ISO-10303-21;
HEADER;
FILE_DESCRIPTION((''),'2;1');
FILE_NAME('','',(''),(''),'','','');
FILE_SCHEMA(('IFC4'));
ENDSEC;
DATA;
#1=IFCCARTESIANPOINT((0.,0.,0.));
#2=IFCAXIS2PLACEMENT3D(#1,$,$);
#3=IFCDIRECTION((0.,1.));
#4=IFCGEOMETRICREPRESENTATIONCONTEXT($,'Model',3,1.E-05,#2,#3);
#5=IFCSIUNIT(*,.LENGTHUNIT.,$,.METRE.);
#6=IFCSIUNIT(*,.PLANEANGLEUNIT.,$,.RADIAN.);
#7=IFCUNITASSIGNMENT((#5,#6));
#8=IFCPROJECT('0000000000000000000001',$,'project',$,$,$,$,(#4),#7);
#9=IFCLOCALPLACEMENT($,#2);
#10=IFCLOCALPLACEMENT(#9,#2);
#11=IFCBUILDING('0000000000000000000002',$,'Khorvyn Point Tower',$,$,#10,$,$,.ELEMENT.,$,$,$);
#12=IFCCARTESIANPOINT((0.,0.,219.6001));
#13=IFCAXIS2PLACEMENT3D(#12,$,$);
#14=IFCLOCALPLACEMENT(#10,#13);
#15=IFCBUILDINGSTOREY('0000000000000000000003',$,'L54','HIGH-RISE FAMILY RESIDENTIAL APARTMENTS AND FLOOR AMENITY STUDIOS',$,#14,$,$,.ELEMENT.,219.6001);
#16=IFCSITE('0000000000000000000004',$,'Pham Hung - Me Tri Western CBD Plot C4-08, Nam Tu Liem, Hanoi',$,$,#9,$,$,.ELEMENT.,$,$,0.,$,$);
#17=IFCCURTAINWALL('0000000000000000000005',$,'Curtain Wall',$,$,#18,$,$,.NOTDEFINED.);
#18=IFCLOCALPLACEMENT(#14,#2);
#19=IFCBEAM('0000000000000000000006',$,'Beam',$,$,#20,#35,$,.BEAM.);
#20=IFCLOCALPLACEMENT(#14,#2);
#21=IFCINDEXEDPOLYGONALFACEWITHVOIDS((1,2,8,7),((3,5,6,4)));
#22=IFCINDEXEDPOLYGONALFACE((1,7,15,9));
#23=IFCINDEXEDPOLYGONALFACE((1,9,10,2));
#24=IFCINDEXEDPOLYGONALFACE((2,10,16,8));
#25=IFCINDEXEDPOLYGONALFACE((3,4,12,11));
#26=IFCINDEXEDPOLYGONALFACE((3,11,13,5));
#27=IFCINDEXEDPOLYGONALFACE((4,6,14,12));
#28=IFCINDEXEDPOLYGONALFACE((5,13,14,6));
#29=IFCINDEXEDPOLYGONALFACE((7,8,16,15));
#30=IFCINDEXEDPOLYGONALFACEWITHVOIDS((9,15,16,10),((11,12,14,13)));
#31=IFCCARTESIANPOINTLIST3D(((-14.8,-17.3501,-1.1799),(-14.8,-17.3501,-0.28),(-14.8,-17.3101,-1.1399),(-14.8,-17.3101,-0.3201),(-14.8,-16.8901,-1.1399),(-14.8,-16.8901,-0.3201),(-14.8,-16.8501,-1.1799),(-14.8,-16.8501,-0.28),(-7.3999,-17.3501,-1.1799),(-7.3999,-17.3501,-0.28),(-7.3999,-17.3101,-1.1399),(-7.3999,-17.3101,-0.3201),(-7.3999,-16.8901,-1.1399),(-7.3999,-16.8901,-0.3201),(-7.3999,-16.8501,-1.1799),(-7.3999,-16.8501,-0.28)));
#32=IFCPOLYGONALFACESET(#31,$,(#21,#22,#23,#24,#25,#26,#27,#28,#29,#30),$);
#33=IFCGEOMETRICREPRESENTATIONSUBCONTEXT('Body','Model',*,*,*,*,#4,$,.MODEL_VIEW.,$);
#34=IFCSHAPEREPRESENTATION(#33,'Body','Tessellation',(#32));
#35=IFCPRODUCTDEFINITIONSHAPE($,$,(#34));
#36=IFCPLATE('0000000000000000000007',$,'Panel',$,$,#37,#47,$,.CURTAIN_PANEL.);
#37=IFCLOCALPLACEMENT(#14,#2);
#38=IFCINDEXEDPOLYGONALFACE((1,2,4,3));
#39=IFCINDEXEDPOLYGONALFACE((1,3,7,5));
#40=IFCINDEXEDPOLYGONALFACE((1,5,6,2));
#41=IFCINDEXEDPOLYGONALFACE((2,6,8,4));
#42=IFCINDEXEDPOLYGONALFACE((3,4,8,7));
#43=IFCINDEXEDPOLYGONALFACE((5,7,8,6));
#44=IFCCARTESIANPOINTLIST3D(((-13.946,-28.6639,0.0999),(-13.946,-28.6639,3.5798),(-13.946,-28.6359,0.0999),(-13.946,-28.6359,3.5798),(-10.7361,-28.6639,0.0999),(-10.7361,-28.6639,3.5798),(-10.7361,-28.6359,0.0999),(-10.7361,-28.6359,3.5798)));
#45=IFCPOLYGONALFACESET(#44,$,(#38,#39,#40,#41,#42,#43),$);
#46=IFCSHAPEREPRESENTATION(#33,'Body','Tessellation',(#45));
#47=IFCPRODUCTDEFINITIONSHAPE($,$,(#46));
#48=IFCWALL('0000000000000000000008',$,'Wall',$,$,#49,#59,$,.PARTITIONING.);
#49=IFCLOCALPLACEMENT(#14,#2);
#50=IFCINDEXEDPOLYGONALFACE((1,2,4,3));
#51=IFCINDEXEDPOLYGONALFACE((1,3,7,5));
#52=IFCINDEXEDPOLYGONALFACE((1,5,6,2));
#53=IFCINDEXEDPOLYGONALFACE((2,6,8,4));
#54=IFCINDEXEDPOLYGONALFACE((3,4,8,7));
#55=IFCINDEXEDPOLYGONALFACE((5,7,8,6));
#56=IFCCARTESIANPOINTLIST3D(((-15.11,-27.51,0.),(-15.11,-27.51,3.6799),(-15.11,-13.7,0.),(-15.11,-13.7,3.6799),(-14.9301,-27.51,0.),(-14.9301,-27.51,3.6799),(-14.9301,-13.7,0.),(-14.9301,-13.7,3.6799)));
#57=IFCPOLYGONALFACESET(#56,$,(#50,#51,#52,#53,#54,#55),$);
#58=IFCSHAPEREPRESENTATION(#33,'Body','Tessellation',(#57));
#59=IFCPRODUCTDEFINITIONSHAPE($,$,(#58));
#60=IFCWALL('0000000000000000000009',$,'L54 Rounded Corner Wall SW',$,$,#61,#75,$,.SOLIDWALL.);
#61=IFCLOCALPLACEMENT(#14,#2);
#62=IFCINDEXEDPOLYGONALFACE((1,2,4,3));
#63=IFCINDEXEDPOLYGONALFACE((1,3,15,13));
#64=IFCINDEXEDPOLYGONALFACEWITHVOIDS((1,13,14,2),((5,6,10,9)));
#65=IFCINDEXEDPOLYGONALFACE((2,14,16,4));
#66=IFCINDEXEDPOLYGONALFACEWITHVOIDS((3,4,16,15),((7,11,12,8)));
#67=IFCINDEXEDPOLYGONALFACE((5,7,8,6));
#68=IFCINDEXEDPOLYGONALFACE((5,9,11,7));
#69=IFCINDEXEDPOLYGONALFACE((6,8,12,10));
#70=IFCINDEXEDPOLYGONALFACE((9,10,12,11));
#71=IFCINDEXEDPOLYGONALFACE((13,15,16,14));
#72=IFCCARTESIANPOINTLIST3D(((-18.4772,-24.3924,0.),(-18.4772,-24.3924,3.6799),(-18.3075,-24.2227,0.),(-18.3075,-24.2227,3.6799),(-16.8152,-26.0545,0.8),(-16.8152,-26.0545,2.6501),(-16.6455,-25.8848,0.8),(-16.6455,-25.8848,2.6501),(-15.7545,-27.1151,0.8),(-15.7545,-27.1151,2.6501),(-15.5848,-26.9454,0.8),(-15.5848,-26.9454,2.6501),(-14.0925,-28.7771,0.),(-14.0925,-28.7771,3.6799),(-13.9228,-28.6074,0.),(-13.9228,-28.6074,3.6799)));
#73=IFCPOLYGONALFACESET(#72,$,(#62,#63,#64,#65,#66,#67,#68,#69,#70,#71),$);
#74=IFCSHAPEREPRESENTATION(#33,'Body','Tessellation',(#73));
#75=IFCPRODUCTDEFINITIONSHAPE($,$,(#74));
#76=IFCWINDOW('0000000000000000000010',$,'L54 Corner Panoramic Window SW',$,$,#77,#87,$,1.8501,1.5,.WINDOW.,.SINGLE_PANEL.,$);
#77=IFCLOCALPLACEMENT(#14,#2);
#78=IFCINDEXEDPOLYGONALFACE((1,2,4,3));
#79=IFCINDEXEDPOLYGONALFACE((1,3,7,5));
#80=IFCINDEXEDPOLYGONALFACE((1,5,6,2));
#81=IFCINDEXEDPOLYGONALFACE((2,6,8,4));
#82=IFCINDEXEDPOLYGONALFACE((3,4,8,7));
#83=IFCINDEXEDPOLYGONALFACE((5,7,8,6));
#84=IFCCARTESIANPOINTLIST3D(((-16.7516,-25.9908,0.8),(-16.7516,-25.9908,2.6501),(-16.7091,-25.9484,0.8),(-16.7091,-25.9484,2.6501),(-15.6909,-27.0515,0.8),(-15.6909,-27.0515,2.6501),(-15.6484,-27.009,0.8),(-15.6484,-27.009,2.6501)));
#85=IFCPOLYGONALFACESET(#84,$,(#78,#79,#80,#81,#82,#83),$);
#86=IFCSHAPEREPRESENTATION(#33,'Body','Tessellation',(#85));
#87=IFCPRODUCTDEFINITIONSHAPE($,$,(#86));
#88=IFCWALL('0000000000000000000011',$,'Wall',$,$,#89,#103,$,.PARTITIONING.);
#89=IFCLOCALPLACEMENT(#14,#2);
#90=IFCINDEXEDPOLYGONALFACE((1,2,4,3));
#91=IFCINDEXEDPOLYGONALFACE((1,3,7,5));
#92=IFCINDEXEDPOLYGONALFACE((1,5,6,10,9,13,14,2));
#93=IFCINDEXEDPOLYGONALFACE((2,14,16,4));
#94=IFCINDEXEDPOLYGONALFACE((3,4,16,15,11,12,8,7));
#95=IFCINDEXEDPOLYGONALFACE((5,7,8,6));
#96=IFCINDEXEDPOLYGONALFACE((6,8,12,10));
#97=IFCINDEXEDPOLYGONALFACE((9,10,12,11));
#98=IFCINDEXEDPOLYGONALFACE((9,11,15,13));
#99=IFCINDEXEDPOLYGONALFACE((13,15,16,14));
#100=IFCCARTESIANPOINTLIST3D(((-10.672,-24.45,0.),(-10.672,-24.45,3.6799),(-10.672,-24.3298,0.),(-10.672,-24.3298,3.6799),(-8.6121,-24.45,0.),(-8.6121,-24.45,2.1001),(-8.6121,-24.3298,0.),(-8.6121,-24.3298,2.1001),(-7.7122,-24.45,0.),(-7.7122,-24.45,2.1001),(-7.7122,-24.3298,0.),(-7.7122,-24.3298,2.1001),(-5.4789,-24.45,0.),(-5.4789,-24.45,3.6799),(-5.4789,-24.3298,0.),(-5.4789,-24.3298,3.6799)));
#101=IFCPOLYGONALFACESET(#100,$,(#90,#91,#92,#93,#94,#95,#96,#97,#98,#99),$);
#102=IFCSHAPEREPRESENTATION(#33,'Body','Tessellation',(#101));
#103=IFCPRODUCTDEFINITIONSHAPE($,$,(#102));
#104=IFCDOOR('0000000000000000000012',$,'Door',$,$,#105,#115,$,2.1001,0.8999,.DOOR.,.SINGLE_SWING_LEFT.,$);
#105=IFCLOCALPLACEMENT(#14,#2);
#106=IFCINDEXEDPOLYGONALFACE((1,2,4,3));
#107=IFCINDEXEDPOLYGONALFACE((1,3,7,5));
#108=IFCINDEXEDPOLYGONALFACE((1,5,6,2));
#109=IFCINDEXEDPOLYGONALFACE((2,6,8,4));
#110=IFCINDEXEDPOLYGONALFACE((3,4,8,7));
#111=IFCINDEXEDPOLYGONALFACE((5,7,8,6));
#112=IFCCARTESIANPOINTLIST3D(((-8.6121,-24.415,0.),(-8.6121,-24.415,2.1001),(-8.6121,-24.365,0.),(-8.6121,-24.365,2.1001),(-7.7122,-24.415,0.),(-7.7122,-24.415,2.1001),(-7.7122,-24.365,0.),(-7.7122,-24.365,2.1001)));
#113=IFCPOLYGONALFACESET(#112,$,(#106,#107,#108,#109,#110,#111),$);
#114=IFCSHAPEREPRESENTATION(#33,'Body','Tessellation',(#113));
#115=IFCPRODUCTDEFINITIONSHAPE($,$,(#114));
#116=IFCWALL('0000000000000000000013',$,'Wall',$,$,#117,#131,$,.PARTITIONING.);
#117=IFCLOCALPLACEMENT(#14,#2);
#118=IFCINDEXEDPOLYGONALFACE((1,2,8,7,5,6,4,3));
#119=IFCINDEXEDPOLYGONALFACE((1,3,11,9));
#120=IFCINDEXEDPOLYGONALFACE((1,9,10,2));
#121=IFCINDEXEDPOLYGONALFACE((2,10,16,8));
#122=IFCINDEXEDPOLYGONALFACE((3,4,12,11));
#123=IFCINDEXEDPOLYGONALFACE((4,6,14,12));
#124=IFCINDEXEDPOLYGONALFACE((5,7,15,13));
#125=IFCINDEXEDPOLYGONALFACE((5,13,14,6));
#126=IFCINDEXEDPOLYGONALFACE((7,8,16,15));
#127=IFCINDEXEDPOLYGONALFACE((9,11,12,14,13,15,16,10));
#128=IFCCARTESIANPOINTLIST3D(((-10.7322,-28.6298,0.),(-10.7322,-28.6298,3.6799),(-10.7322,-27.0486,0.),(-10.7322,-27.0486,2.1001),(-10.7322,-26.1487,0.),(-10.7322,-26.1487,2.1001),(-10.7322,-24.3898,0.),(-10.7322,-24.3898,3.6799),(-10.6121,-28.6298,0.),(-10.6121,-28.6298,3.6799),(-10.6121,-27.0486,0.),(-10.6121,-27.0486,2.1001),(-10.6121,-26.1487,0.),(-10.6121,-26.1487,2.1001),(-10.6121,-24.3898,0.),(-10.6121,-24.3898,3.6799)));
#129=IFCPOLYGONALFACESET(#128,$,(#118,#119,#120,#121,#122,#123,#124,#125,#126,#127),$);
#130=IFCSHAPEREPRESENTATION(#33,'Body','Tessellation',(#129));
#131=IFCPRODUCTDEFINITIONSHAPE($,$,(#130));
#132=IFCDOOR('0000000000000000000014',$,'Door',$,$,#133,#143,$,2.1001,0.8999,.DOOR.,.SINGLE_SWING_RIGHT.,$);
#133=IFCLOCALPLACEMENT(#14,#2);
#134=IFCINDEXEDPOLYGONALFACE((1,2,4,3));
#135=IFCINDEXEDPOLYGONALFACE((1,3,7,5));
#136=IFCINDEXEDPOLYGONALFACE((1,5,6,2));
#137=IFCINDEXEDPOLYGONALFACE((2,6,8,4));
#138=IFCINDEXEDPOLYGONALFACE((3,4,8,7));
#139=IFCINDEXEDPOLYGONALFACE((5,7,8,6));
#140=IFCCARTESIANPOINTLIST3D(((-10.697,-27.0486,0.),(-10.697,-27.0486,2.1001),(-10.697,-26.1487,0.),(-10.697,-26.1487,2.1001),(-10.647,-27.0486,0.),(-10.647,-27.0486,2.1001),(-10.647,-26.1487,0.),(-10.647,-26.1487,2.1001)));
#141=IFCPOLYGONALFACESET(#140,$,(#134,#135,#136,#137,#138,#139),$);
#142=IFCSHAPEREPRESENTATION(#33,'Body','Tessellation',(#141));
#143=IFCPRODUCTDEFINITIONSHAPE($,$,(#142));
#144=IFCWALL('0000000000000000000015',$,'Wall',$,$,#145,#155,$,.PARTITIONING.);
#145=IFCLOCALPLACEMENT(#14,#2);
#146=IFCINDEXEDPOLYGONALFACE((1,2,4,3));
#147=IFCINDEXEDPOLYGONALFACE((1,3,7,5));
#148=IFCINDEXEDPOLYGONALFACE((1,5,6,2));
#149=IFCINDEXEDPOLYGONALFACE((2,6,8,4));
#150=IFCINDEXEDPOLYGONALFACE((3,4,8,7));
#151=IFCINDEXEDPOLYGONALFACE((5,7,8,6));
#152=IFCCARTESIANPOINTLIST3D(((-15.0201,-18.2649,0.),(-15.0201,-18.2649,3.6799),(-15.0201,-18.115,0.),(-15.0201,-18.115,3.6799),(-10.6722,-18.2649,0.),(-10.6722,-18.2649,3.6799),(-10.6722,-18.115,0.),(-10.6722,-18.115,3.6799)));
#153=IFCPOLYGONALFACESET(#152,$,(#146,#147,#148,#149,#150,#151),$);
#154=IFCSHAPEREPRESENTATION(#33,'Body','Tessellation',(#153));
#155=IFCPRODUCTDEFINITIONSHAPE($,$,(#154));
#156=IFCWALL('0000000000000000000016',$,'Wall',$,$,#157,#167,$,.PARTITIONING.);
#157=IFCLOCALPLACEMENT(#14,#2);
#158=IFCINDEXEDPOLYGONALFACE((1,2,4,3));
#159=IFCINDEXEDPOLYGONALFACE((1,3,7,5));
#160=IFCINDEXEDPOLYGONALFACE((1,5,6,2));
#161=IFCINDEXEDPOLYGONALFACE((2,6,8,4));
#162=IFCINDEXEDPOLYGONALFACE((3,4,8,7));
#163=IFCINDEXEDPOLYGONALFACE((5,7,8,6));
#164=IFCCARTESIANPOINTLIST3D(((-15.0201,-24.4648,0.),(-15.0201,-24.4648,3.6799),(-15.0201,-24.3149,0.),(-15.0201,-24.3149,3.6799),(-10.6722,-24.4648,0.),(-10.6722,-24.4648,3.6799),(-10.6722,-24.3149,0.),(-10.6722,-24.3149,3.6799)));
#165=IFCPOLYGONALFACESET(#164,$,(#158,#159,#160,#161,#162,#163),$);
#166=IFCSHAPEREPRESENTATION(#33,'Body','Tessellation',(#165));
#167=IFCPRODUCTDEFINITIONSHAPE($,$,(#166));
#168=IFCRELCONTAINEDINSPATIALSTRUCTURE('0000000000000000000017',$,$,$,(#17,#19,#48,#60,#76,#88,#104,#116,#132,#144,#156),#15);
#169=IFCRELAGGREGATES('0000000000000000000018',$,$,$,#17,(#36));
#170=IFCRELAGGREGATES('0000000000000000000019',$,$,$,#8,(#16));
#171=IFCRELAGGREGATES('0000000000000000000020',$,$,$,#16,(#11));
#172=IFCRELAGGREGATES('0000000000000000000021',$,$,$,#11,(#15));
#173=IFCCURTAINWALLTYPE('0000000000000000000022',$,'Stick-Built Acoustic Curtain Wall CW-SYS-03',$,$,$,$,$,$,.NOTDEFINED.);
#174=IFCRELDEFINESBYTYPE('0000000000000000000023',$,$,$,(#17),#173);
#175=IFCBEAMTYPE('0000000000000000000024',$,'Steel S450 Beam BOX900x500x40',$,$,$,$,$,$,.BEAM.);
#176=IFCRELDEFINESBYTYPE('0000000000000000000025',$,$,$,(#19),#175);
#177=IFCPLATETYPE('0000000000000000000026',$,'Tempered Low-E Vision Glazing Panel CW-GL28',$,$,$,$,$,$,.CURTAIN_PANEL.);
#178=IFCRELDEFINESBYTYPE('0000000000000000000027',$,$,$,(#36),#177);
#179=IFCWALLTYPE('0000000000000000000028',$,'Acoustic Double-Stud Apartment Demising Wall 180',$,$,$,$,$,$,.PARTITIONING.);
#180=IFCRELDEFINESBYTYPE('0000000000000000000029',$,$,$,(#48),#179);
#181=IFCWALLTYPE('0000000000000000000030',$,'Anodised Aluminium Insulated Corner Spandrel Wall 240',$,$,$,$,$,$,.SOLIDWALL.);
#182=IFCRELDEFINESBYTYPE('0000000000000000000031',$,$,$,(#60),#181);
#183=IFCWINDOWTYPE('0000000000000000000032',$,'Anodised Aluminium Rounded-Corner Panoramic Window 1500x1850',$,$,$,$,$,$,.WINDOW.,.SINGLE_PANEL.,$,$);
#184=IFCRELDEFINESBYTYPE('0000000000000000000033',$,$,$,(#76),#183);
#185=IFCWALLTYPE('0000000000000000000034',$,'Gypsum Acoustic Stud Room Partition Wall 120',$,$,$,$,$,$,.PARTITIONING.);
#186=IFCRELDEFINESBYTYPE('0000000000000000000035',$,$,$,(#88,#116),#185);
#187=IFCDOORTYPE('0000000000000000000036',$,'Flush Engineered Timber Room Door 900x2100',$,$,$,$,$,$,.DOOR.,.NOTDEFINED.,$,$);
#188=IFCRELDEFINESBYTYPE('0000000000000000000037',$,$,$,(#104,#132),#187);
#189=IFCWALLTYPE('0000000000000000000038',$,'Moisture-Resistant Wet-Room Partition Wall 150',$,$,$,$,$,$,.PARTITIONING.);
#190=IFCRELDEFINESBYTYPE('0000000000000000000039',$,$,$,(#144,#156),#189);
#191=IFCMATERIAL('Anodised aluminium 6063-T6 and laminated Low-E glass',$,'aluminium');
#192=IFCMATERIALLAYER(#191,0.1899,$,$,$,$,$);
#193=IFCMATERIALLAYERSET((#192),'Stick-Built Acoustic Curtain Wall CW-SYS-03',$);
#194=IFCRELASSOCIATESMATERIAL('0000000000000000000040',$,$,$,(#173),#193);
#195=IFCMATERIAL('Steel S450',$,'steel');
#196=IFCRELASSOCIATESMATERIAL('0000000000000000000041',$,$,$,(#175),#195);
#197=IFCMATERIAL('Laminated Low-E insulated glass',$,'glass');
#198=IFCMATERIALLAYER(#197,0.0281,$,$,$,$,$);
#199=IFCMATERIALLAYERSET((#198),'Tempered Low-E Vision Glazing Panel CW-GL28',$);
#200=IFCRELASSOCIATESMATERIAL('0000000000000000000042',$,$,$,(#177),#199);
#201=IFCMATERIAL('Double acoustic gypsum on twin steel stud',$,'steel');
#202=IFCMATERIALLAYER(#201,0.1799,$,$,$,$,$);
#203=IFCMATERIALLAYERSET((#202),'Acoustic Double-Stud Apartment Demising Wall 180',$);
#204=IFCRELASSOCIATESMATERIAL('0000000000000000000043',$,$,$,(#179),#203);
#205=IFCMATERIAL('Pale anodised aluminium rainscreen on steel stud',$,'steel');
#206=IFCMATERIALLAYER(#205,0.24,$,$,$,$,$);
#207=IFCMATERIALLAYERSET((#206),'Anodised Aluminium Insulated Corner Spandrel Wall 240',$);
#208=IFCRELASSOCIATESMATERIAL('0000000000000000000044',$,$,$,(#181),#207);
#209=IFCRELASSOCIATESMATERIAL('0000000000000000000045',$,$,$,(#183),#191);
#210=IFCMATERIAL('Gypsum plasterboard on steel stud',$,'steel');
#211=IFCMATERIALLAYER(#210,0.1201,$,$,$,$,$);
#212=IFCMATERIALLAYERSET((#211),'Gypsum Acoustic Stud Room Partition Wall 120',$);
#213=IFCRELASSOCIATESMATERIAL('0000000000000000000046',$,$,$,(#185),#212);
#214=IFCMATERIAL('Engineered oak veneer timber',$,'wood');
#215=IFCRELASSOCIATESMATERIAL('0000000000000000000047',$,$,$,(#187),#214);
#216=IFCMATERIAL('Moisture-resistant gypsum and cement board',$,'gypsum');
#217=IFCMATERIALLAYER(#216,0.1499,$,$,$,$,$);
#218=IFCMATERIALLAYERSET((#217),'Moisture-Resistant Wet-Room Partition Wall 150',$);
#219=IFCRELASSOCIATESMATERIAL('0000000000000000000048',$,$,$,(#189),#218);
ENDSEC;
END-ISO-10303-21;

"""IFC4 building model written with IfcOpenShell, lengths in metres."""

from ifc_helpers import new_model, si_unit, direction, frame, frame_2d, origin, origin_2d, place, context, subcontext, project, spatial, rectangle, hollow_rectangle, extrude, material, layer, layer_set, material_profile, profile_set, type_object, element, fill, aggregate, save


model = new_model("IFC4")

# Units and contexts
model_context = context("Model", 3, precision=1e-05, world=origin(), true_north=direction((0.0, 1.0)))
body_context = subcontext(model_context, "Body", "Model", "MODEL_VIEW")
ifc_project = project(units=[si_unit("LENGTHUNIT", "METRE"), si_unit("PLANEANGLEUNIT", "RADIAN")], contexts=[model_context])

# Site, building, storey
site_placement = place(None, origin())
site = spatial("IfcSite", under=ifc_project, at=site_placement, Name="Pham Hung - Me Tri Western CBD Plot C4-08, Nam Tu Liem, Hanoi", CompositionType="ELEMENT", RefElevation=0.0)
building_placement = place(site_placement, origin())
building = spatial("IfcBuilding", under=site, at=building_placement, Name="Khorvyn Point Tower", CompositionType="ELEMENT")
storey_placement = place(building_placement, frame((0.0, 0.0, 219.6001)))
storey = spatial("IfcBuildingStorey", under=building, at=storey_placement, Name="L54", Description="HIGH-RISE FAMILY RESIDENTIAL APARTMENTS AND FLOOR AMENITY STUDIOS", CompositionType="ELEMENT", Elevation=219.6001)

# Shared definitions
ifc_material_1 = material(Name="Steel S450", Category="steel")

# Curtain wall
ifc_material_2 = material(Name="Anodised aluminium 6063-T6 and laminated Low-E glass", Category="aluminium")
ifc_layer_1 = layer(ifc_material_2, 0.1899)
ifc_layer_set_1 = layer_set([ifc_layer_1], Name="Stick-Built Acoustic Curtain Wall CW-SYS-03")
curtain_wall_type = type_object("IfcCurtainWallType", Name="Stick-Built Acoustic Curtain Wall CW-SYS-03", PredefinedType="NOTDEFINED", material=ifc_layer_set_1)
curtain_wall_1_placement = place(storey_placement, origin())
curtain_wall_1 = element("IfcCurtainWall", 1, at=curtain_wall_1_placement, inside=storey, type_object=curtain_wall_type, Name="Curtain Wall", PredefinedType="NOTDEFINED")

# Beam
ifc_material_profile_1 = material_profile(ifc_material_1, hollow_rectangle(XDim=0.5, YDim=0.8999, WallThickness=0.04, at=origin_2d()))
ifc_profile_set_1 = profile_set([ifc_material_profile_1], Name="Steel S450 BOX900x500x40")
beam_type_1 = type_object("IfcBeamType", Name="Steel S450 Beam BOX900x500x40", PredefinedType="BEAM", material=ifc_profile_set_1)
beam_1_placement = place(storey_placement, frame((-14.8, -17.1001, -0.73), z_axis=(1.0, 0.0, 0.0), x_axis=(0.0, 1.0, 0.0)))
element("IfcBeam", 2, at=beam_1_placement, inside=storey, type_object=beam_type_1, Name="Beam", PredefinedType="BEAM", context=body_context, shape_type="SweptSolid", body=[
    extrude(hollow_rectangle(XDim=0.5, YDim=0.8999, WallThickness=0.04, at=origin_2d()), origin(), (0.0, 0.0, 1.0), 7.4001),
])

# Plate
ifc_material_3 = material(Name="Laminated Low-E insulated glass", Category="glass")
ifc_layer_2 = layer(ifc_material_3, 0.0281)
ifc_layer_set_2 = layer_set([ifc_layer_2], Name="Tempered Low-E Vision Glazing Panel CW-GL28")
plate_type = type_object("IfcPlateType", Name="Tempered Low-E Vision Glazing Panel CW-GL28", PredefinedType="CURTAIN_PANEL", material=ifc_layer_set_2)
plate_placement = place(storey_placement, frame((-12.3411, -28.6499, 0.0999), z_axis=(0.0, 0.0, 1.0), x_axis=(-1.0, 0.0, 0.0)))
plate = element("IfcPlate", 3, at=plate_placement, type_object=plate_type, Name="Panel", PredefinedType="CURTAIN_PANEL", context=body_context, shape_type="SweptSolid", body=[
    extrude(rectangle(XDim=3.21, YDim=0.0281, at=origin_2d()), origin(), (0.0, 0.0, 1.0), 3.48),
])
aggregate(curtain_wall_1, [plate])

# Wall
ifc_material_4 = material(Name="Double acoustic gypsum on twin steel stud", Category="steel")
ifc_layer_3 = layer(ifc_material_4, 0.1799)
ifc_layer_set_3 = layer_set([ifc_layer_3], Name="Acoustic Double-Stud Apartment Demising Wall 180")
wall_type_1 = type_object("IfcWallType", Name="Acoustic Double-Stud Apartment Demising Wall 180", PredefinedType="PARTITIONING", material=ifc_layer_set_3)
wall_1_placement = place(storey_placement, frame((-15.02, -27.51, 0.0), z_axis=(0.0, 0.0, 1.0), x_axis=(0.0, 1.0, 0.0)))
element("IfcWall", 4, at=wall_1_placement, inside=storey, type_object=wall_type_1, Name="Wall", PredefinedType="PARTITIONING", context=body_context, shape_type="SweptSolid", body=[
    extrude(rectangle(XDim=13.8101, YDim=0.1799, at=frame_2d((6.905, 0.0))), origin(), (0.0, 0.0, 1.0), 3.6799),
])

# Wall, opening, window
ifc_material_5 = material(Name="Pale anodised aluminium rainscreen on steel stud", Category="steel")
ifc_layer_4 = layer(ifc_material_5, 0.24)
ifc_layer_set_4 = layer_set([ifc_layer_4], Name="Anodised Aluminium Insulated Corner Spandrel Wall 240")
wall_type_2 = type_object("IfcWallType", Name="Anodised Aluminium Insulated Corner Spandrel Wall 240", PredefinedType="SOLIDWALL", material=ifc_layer_set_4)
wall_2_placement = place(storey_placement, frame((-14.0076, -28.6924, 0.0), z_axis=(0.0, 0.0, 1.0), x_axis=(-0.707107, 0.707107, 0.0)))
wall_2 = element("IfcWall", 5, at=wall_2_placement, inside=storey, type_object=wall_type_2, Name="L54 Rounded Corner Wall SW", PredefinedType="SOLIDWALL", context=body_context, shape_type="SweptSolid", body=[
    extrude(rectangle(XDim=6.2009, YDim=0.24, at=frame_2d((3.1006, 0.0))), origin(), (0.0, 0.0, 1.0), 3.6799),
])
opening_1_placement = place(wall_2_placement, frame((2.3506, 0.0, 0.8)))
opening_1 = element("IfcOpeningElement", 6, at=opening_1_placement, cuts=wall_2, PredefinedType="OPENING", context=body_context, shape_type="SweptSolid", body=[
    extrude(rectangle(XDim=1.5, YDim=1.8501, at=frame_2d((0.75, 0.925))), frame((0.0, 0.1299, 0.0), z_axis=(0.0, -1.0, 0.0), x_axis=(1.0, 0.0, 0.0)), (0.0, 0.0, 1.0), 0.26),
])
window_type = type_object("IfcWindowType", Name="Anodised Aluminium Rounded-Corner Panoramic Window 1500x1850", PartitioningType="SINGLE_PANEL", PredefinedType="WINDOW", material=ifc_material_2)
window_placement = place(opening_1_placement, origin())
window = element("IfcWindow", 7, at=window_placement, inside=storey, type_object=window_type, Name="L54 Corner Panoramic Window SW", OverallHeight=1.8501, OverallWidth=1.5, PartitioningType="SINGLE_PANEL", PredefinedType="WINDOW", context=body_context, shape_type="SweptSolid", body=[
    extrude(rectangle(XDim=1.5, YDim=1.8501, at=frame_2d((0.75, 0.925))), frame((0.0, 0.03, 0.0), z_axis=(0.0, -1.0, 0.0), x_axis=(1.0, 0.0, 0.0)), (0.0, 0.0, 1.0), 0.0601),
])
fill(opening_1, window)

# Walls, openings, doors
ifc_material_6 = material(Name="Gypsum plasterboard on steel stud", Category="steel")
ifc_layer_5 = layer(ifc_material_6, 0.1201)
ifc_layer_set_5 = layer_set([ifc_layer_5], Name="Gypsum Acoustic Stud Room Partition Wall 120")
wall_type_3 = type_object("IfcWallType", Name="Gypsum Acoustic Stud Room Partition Wall 120", PredefinedType="PARTITIONING", material=ifc_layer_set_5)
wall_3_placement = place(storey_placement, frame((-10.6721, -24.3899, 0.0), z_axis=(0.0, 0.0, 1.0), x_axis=(1.0, 0.0, 0.0)))
wall_3 = element("IfcWall", 8, at=wall_3_placement, inside=storey, type_object=wall_type_3, Name="Wall", PredefinedType="PARTITIONING", context=body_context, shape_type="SweptSolid", body=[
    extrude(rectangle(XDim=5.1931, YDim=0.1201, at=frame_2d((2.5967, 0.0))), origin(), (0.0, 0.0, 1.0), 3.6799),
])
opening_2_placement = place(wall_3_placement, frame((2.0601, 0.0, 0.0)))
opening_2 = element("IfcOpeningElement", 9, at=opening_2_placement, cuts=wall_3, PredefinedType="OPENING", context=body_context, shape_type="SweptSolid", body=[
    extrude(rectangle(XDim=0.8999, YDim=2.1001, at=frame_2d((0.45, 1.05))), frame((0.0, 0.0701, 0.0), z_axis=(0.0, -1.0, 0.0), x_axis=(1.0, 0.0, 0.0)), (0.0, 0.0, 1.0), 0.1401),
])
ifc_material_7 = material(Name="Engineered oak veneer timber", Category="wood")
door_type = type_object("IfcDoorType", Name="Flush Engineered Timber Room Door 900x2100", OperationType="NOTDEFINED", PredefinedType="DOOR", material=ifc_material_7)
door_1_placement = place(opening_2_placement, origin())
door_1 = element("IfcDoor", 10, at=door_1_placement, inside=storey, type_object=door_type, Name="Door", OperationType="SINGLE_SWING_LEFT", OverallHeight=2.1001, OverallWidth=0.8999, PredefinedType="DOOR", context=body_context, shape_type="SweptSolid", body=[
    extrude(rectangle(XDim=0.8999, YDim=2.1001, at=frame_2d((0.45, 1.05))), frame((0.0, 0.0249, 0.0), z_axis=(0.0, -1.0, 0.0), x_axis=(1.0, 0.0, 0.0)), (0.0, 0.0, 1.0), 0.05),
])
fill(opening_2, door_1)
wall_4_placement = place(storey_placement, frame((-10.6721, -28.6299, 0.0), z_axis=(0.0, 0.0, 1.0), x_axis=(0.0, 1.0, 0.0)))
wall_4 = element("IfcWall", 11, at=wall_4_placement, inside=storey, type_object=wall_type_3, Name="Wall", PredefinedType="PARTITIONING", context=body_context, shape_type="SweptSolid", body=[
    extrude(rectangle(XDim=4.24, YDim=0.1201, at=frame_2d((2.1201, 0.0))), origin(), (0.0, 0.0, 1.0), 3.6799),
])
opening_3_placement = place(wall_4_placement, frame((1.5813, 0.0, 0.0)))
opening_3 = element("IfcOpeningElement", 12, at=opening_3_placement, cuts=wall_4, PredefinedType="OPENING", context=body_context, shape_type="SweptSolid", body=[
    extrude(rectangle(XDim=0.8999, YDim=2.1001, at=frame_2d((0.45, 1.05))), frame((0.0, 0.0701, 0.0), z_axis=(0.0, -1.0, 0.0), x_axis=(1.0, 0.0, 0.0)), (0.0, 0.0, 1.0), 0.1401),
])
door_2_placement = place(opening_3_placement, origin())
door_2 = element("IfcDoor", 13, at=door_2_placement, inside=storey, type_object=door_type, Name="Door", OperationType="SINGLE_SWING_RIGHT", OverallHeight=2.1001, OverallWidth=0.8999, PredefinedType="DOOR", context=body_context, shape_type="SweptSolid", body=[
    extrude(rectangle(XDim=0.8999, YDim=2.1001, at=frame_2d((0.45, 1.05))), frame((0.0, 0.0249, 0.0), z_axis=(0.0, -1.0, 0.0), x_axis=(1.0, 0.0, 0.0)), (0.0, 0.0, 1.0), 0.05),
])
fill(opening_3, door_2)

# Walls
ifc_material_8 = material(Name="Moisture-resistant gypsum and cement board", Category="gypsum")
ifc_layer_6 = layer(ifc_material_8, 0.1499)
ifc_layer_set_6 = layer_set([ifc_layer_6], Name="Moisture-Resistant Wet-Room Partition Wall 150")
wall_type_4 = type_object("IfcWallType", Name="Moisture-Resistant Wet-Room Partition Wall 150", PredefinedType="PARTITIONING", material=ifc_layer_set_6)
for number, where, z_axis, x_axis, name in (
    (14, (-15.02, -18.1899, 0.0), (0.0, 0.0, 1.0), (1.0, 0.0, 0.0), "Wall"),
    (15, (-15.02, -24.3899, 0.0), (0.0, 0.0, 1.0), (1.0, 0.0, 0.0), "Wall"),
):
    element("IfcWall", number, at=place(storey_placement, frame(where, z_axis=z_axis, x_axis=x_axis)), inside=storey, type_object=wall_type_4, Name=name, PredefinedType="PARTITIONING", context=body_context, shape_type="SweptSolid", body=[
        extrude(rectangle(XDim=4.3479, YDim=0.1499, at=frame_2d((2.1738, 0.0))), origin(), (0.0, 0.0, 1.0), 3.6799),
    ])

save(model, "model.ifc")
